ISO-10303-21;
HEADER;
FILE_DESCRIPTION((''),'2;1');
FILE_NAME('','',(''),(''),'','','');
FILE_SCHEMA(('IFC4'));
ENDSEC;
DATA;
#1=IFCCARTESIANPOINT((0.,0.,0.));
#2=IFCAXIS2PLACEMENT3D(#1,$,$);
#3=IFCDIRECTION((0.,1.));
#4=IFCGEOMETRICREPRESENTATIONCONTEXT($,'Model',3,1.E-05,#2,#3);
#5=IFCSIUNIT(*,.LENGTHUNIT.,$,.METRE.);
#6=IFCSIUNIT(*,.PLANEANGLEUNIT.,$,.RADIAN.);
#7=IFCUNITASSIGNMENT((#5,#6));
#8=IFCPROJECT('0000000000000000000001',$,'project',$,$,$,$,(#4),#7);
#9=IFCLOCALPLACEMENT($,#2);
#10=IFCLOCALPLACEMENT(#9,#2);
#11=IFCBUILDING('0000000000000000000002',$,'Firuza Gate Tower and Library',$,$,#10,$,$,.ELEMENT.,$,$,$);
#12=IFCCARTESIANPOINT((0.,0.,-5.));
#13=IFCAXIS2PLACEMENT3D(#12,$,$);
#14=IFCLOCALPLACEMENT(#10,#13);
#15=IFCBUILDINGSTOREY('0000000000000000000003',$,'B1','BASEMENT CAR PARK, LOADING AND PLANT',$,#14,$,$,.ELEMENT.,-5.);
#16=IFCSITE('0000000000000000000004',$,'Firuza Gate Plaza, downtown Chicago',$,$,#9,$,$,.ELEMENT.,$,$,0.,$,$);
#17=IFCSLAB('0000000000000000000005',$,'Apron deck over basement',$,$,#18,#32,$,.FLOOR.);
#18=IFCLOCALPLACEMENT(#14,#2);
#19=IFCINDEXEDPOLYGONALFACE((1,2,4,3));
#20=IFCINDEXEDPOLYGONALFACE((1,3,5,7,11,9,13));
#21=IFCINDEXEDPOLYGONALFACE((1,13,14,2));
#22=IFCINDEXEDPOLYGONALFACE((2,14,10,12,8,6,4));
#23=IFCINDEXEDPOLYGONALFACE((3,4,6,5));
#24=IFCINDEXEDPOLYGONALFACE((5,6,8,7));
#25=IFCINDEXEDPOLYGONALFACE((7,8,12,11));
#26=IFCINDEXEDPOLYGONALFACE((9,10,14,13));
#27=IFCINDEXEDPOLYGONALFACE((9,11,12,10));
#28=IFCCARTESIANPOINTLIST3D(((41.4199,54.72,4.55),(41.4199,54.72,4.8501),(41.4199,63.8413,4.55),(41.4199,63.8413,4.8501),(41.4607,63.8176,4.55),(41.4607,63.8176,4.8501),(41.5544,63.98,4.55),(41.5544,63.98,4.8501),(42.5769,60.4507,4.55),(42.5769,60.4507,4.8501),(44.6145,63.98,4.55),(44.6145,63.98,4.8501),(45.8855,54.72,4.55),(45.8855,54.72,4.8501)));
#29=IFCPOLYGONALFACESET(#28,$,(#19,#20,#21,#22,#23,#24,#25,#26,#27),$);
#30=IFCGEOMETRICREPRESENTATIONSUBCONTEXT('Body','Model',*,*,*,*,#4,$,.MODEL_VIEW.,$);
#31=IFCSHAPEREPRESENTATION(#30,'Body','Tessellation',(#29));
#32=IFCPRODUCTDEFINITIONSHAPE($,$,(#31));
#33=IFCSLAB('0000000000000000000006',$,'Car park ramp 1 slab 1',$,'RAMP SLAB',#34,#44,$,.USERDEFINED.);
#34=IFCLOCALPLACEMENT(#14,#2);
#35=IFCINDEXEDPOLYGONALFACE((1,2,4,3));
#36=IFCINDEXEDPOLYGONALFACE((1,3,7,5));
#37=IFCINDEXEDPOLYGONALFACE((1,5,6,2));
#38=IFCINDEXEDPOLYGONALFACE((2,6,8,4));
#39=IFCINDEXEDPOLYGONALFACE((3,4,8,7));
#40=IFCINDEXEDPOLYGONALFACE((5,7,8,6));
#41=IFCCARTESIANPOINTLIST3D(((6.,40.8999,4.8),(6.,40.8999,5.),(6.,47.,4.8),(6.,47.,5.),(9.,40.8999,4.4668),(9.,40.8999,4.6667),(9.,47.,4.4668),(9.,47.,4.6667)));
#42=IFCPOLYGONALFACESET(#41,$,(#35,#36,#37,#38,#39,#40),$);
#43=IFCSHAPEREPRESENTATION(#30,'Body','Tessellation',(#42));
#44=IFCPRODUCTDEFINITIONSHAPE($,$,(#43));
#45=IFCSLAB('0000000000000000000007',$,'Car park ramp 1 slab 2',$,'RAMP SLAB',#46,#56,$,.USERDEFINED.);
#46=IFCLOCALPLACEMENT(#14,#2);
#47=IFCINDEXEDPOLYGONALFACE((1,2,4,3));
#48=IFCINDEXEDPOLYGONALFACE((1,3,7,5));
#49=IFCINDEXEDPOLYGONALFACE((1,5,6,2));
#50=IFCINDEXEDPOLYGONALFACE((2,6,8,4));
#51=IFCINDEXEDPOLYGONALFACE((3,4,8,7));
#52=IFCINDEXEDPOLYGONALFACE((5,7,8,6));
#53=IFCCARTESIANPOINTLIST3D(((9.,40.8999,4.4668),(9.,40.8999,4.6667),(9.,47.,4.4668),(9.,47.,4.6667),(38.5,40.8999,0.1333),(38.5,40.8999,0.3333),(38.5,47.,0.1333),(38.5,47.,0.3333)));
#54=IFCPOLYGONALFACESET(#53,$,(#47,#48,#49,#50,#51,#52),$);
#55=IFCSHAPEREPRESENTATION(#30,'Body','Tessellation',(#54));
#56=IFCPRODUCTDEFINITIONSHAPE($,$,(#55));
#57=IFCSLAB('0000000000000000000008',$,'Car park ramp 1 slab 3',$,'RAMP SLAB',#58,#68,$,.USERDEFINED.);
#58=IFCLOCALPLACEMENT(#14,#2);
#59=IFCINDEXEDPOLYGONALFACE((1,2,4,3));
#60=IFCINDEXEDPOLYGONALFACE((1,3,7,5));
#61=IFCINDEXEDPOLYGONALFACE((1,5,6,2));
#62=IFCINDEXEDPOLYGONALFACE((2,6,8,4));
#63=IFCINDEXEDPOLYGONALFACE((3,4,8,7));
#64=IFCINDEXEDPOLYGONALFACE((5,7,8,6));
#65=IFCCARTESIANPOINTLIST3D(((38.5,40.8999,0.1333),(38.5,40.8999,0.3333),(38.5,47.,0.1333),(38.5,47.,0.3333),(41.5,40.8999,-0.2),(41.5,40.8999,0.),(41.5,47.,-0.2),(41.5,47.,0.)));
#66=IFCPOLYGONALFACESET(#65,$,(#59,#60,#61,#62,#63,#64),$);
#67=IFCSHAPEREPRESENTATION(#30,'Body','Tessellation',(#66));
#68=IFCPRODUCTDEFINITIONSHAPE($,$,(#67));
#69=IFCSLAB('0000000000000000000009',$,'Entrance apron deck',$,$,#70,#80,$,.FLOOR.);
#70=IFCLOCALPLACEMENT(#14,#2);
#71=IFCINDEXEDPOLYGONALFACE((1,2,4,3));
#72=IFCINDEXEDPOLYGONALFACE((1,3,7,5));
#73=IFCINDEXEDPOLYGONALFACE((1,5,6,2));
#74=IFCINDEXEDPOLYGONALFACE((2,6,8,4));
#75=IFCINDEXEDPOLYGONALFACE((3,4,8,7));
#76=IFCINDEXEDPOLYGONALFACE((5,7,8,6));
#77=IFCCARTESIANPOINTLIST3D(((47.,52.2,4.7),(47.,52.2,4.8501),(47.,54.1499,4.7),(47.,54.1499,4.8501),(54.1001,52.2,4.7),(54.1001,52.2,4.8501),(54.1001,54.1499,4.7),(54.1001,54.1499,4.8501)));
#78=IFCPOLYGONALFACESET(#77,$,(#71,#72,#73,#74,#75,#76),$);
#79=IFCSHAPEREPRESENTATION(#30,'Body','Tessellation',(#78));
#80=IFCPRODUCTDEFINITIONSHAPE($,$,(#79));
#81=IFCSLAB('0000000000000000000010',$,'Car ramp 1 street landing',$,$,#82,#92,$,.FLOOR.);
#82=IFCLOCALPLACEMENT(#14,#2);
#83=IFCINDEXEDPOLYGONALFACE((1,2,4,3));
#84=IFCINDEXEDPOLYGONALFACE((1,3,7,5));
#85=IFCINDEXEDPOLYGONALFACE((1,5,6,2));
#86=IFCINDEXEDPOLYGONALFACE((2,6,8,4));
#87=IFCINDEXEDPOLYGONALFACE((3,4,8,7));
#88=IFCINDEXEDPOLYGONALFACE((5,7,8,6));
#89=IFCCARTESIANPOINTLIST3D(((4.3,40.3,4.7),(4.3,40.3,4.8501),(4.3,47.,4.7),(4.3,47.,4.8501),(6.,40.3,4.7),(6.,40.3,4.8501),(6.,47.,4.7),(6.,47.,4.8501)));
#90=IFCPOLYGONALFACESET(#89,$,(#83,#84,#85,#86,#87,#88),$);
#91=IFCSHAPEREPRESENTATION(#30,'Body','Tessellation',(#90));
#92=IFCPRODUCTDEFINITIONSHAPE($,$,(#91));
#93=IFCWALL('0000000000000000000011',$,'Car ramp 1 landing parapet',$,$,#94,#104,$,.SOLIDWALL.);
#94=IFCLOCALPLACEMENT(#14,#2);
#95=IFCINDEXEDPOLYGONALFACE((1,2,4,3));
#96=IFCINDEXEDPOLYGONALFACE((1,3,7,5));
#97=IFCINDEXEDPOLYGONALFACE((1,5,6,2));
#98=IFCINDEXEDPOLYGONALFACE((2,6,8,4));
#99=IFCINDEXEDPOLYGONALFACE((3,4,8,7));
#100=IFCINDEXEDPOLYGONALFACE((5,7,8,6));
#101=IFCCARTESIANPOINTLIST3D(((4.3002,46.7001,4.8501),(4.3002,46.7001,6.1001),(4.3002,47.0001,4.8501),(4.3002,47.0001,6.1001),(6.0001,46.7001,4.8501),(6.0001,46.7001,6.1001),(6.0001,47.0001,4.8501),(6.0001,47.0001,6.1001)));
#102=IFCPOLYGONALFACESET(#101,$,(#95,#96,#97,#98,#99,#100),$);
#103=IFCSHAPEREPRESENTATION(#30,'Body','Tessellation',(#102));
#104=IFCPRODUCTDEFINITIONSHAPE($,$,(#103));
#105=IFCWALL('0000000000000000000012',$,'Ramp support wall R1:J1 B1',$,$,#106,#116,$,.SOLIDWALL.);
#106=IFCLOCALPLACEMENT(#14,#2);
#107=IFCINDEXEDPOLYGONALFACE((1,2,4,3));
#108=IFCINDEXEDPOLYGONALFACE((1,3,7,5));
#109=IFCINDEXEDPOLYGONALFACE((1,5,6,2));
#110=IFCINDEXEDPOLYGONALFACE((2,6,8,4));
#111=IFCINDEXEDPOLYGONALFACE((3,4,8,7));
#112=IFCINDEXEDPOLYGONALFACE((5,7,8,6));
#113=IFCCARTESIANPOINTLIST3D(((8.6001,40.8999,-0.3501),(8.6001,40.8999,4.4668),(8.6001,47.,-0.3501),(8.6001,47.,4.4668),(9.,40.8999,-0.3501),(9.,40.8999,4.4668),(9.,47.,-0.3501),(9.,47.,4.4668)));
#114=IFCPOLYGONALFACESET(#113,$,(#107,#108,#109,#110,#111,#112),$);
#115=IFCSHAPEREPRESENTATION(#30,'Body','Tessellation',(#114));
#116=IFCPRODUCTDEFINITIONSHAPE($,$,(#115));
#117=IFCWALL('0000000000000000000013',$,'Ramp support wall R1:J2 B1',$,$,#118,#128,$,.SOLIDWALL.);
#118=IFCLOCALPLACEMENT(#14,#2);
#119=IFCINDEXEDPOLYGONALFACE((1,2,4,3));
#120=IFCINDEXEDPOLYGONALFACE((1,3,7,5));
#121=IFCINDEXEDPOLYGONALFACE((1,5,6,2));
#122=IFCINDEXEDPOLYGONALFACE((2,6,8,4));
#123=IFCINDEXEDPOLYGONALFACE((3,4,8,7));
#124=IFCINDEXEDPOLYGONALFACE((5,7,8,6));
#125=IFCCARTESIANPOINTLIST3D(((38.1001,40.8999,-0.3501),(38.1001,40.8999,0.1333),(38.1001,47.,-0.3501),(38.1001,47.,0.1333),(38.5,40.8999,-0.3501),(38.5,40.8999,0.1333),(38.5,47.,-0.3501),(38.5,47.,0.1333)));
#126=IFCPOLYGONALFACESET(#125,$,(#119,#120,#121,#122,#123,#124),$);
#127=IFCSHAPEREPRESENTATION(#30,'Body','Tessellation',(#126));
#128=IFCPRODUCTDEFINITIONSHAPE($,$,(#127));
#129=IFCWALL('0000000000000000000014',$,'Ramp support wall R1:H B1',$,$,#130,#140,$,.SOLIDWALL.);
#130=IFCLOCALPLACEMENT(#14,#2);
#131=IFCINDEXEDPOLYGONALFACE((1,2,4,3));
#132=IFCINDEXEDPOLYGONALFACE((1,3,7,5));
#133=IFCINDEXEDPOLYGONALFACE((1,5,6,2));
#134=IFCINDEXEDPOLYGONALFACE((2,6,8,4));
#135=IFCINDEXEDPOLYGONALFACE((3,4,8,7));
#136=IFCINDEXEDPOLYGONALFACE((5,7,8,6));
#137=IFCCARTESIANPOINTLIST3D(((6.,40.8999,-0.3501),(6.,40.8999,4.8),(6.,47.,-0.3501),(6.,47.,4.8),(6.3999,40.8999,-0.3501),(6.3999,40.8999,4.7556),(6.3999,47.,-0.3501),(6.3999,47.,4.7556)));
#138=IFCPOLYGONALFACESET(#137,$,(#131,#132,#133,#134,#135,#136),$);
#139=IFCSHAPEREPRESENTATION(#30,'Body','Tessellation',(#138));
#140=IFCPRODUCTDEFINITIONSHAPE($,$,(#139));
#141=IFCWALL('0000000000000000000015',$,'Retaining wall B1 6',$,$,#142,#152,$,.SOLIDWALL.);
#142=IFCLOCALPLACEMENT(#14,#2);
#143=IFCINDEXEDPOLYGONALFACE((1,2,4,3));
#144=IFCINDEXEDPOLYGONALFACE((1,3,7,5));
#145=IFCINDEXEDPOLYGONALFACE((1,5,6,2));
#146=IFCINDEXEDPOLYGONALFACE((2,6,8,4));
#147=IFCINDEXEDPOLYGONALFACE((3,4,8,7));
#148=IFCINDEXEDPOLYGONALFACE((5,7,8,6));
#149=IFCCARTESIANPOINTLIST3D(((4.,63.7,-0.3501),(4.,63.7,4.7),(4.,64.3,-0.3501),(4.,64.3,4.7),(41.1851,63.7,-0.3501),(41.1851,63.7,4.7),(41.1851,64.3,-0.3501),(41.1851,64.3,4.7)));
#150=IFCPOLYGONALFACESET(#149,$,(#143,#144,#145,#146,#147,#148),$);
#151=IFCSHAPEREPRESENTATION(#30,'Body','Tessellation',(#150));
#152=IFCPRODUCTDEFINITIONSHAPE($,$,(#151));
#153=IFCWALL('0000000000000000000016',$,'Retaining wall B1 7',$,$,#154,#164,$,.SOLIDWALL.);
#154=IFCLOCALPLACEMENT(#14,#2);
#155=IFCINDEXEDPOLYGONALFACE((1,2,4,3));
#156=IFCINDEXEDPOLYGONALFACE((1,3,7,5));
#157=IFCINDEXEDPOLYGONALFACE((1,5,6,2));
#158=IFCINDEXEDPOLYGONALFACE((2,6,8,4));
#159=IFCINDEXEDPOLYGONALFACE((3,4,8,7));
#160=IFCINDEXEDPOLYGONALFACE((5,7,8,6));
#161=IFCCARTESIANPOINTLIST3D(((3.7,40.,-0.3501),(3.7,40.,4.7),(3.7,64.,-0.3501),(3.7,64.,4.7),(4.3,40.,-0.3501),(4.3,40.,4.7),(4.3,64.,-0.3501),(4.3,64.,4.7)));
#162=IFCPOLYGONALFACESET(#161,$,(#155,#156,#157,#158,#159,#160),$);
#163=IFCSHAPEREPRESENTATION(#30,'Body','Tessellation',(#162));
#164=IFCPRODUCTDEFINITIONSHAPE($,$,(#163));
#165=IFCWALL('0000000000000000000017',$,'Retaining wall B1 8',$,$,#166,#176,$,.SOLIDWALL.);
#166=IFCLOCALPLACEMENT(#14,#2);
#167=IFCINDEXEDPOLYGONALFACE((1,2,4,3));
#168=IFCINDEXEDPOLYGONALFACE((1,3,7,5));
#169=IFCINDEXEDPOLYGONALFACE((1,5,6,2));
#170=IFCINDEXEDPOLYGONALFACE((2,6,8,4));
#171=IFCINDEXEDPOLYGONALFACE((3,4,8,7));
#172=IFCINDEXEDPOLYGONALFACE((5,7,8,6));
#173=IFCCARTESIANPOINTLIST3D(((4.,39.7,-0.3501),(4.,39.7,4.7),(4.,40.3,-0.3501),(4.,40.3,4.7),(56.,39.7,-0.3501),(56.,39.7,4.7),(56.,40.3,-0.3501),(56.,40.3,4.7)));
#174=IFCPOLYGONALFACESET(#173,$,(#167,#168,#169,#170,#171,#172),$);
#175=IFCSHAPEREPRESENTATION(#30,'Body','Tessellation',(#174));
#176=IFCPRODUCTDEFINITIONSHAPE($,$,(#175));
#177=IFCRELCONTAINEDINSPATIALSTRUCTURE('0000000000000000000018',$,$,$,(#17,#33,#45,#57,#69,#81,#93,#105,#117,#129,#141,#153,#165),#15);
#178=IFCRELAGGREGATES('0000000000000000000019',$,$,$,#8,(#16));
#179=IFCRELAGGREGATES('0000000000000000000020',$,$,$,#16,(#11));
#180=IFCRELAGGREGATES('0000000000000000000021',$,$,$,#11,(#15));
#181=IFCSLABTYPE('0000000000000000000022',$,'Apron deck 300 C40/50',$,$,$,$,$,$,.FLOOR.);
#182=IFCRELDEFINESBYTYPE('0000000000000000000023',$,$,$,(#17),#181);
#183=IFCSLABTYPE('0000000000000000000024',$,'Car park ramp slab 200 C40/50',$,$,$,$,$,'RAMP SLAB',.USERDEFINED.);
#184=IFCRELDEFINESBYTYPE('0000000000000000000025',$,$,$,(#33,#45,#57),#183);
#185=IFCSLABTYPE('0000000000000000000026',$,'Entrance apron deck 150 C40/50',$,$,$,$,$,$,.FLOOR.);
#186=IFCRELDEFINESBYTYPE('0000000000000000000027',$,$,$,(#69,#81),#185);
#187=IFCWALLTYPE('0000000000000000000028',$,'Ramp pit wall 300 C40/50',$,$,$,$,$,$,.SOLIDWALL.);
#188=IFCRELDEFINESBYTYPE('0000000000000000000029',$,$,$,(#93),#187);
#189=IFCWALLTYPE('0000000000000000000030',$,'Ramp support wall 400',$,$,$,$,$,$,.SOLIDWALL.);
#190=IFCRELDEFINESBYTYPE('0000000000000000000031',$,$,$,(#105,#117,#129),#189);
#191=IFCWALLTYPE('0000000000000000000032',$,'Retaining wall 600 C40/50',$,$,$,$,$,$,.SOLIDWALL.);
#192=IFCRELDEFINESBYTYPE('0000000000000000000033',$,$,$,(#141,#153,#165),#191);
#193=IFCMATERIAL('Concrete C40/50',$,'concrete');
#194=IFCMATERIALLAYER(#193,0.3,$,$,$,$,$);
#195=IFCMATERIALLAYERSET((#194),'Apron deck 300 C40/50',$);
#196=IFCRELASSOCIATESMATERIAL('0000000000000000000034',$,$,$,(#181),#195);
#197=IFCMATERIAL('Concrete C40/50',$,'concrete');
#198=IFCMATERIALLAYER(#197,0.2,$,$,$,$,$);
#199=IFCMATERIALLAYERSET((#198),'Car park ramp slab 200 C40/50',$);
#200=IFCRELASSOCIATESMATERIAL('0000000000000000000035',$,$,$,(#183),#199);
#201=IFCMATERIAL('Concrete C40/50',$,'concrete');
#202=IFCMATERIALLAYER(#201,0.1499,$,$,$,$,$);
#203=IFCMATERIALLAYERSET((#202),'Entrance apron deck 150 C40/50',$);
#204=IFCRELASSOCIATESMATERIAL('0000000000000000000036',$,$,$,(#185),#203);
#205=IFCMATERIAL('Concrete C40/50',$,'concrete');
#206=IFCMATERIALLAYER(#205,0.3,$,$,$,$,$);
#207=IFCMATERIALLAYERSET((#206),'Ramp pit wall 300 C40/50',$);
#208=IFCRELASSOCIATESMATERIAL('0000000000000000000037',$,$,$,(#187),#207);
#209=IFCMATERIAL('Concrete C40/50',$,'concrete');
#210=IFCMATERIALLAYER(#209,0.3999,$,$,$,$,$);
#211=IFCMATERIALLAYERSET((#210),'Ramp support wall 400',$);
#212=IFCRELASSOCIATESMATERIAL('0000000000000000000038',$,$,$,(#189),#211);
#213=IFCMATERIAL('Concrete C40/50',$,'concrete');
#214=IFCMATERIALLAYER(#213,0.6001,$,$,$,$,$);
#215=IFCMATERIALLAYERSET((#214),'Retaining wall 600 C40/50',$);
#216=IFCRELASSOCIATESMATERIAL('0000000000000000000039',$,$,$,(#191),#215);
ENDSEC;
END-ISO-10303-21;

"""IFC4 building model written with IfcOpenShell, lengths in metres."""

from ifc_helpers import new_model, si_unit, direction, frame, frame_2d, origin, place, context, subcontext, project, spatial, polyline, rectangle, outline, extrude, material, layer, layer_set, type_object, element, save


model = new_model("IFC4")

# Units and contexts
model_context = context("Model", 3, precision=1e-05, world=origin(), true_north=direction((0.0, 1.0)))
body_context = subcontext(model_context, "Body", "Model", "MODEL_VIEW")
ifc_project = project(units=[si_unit("LENGTHUNIT", "METRE"), si_unit("PLANEANGLEUNIT", "RADIAN")], contexts=[model_context])

# Site, building, storey
site_placement = place(None, origin())
site = spatial("IfcSite", under=ifc_project, at=site_placement, Name="Firuza Gate Plaza, downtown Chicago", CompositionType="ELEMENT", RefElevation=0.0)
building_placement = place(site_placement, origin())
building = spatial("IfcBuilding", under=site, at=building_placement, Name="Firuza Gate Tower and Library", CompositionType="ELEMENT")
storey_placement = place(building_placement, frame((0.0, 0.0, -5.0)))
storey = spatial("IfcBuildingStorey", under=building, at=storey_placement, Name="B1", Description="BASEMENT CAR PARK, LOADING AND PLANT", CompositionType="ELEMENT", Elevation=-5.0)

# Slabs
ifc_material_1 = material(Name="Concrete C40/50", Category="concrete")
ifc_layer_1 = layer(ifc_material_1, 0.3)
ifc_layer_set_1 = layer_set([ifc_layer_1], Name="Apron deck 300 C40/50")
slab_type_1 = type_object("IfcSlabType", Name="Apron deck 300 C40/50", PredefinedType="FLOOR", material=ifc_layer_set_1)
slab_1_placement = place(storey_placement, frame((0.0, 0.0, 4.55)))
element("IfcSlab", 1, at=slab_1_placement, inside=storey, type_object=slab_type_1, Name="Apron deck over basement", PredefinedType="FLOOR", context=body_context, shape_type="SweptSolid", body=[
    extrude(outline(polyline([(41.4199, 63.8413), (41.4607, 63.8176), (41.5544, 63.98), (44.6145, 63.98), (42.5769, 60.4507), (45.8855, 54.72), (41.4199, 54.72), (41.4199, 63.8413)])), origin(), (0.0, 0.0, 1.0), 0.3),
])
ifc_material_2 = material(Name="Concrete C40/50", Category="concrete")
ifc_layer_2 = layer(ifc_material_2, 0.2)
ifc_layer_set_2 = layer_set([ifc_layer_2], Name="Car park ramp slab 200 C40/50")
slab_type_2 = type_object("IfcSlabType", Name="Car park ramp slab 200 C40/50", ElementType="RAMP SLAB", PredefinedType="USERDEFINED", material=ifc_layer_set_2)
slab_2_placement = place(storey_placement, frame((6.0, 43.95, 4.4668), z_axis=(0.0, 0.0, 1.0), x_axis=(1.0, 0.0, 0.0)))
element("IfcSlab", 2, at=slab_2_placement, inside=storey, type_object=slab_type_2, Name="Car park ramp 1 slab 1", ObjectType="RAMP SLAB", PredefinedType="USERDEFINED", context=body_context, shape_type="SweptSolid", body=[
    extrude(outline(polyline([(0.0, 0.5332), (3.0, 0.2), (3.0, 0.0), (0.0, 0.3333), (0.0, 0.5332)])), frame((0.0, 3.05, 0.0), z_axis=(0.0, -1.0, 0.0), x_axis=(1.0, 0.0, 0.0)), (0.0, 0.0, 1.0), 6.1001),
])
slab_3_placement = place(storey_placement, frame((9.0, 43.95, 0.1333), z_axis=(0.0, 0.0, 1.0), x_axis=(1.0, 0.0, 0.0)))
element("IfcSlab", 3, at=slab_3_placement, inside=storey, type_object=slab_type_2, Name="Car park ramp 1 slab 2", ObjectType="RAMP SLAB", PredefinedType="USERDEFINED", context=body_context, shape_type="SweptSolid", body=[
    extrude(outline(polyline([(0.0, 4.5334), (29.5, 0.2), (29.5, 0.0), (0.0, 4.3335), (0.0, 4.5334)])), frame((0.0, 3.05, 0.0), z_axis=(0.0, -1.0, 0.0), x_axis=(1.0, 0.0, 0.0)), (0.0, 0.0, 1.0), 6.1001),
])
slab_4_placement = place(storey_placement, frame((38.5, 43.95, -0.2), z_axis=(0.0, 0.0, 1.0), x_axis=(1.0, 0.0, 0.0)))
element("IfcSlab", 4, at=slab_4_placement, inside=storey, type_object=slab_type_2, Name="Car park ramp 1 slab 3", ObjectType="RAMP SLAB", PredefinedType="USERDEFINED", context=body_context, shape_type="SweptSolid", body=[
    extrude(outline(polyline([(0.0, 0.5332), (3.0, 0.2), (3.0, 0.0), (0.0, 0.3333), (0.0, 0.5332)])), frame((0.0, 3.05, 0.0), z_axis=(0.0, -1.0, 0.0), x_axis=(1.0, 0.0, 0.0)), (0.0, 0.0, 1.0), 6.1001),
])
ifc_material_3 = material(Name="Concrete C40/50", Category="concrete")
ifc_layer_3 = layer(ifc_material_3, 0.1499)
ifc_layer_set_3 = layer_set([ifc_layer_3], Name="Entrance apron deck 150 C40/50")
slab_type_3 = type_object("IfcSlabType", Name="Entrance apron deck 150 C40/50", PredefinedType="FLOOR", material=ifc_layer_set_3)
placement_1 = place(storey_placement, frame((0.0, 0.0, 4.7)))
element("IfcSlab", 5, at=placement_1, inside=storey, type_object=slab_type_3, Name="Entrance apron deck", PredefinedType="FLOOR", context=body_context, shape_type="SweptSolid", body=[
    extrude(outline(polyline([(47.0, 52.2), (54.1001, 52.2), (54.1001, 54.1499), (47.0, 54.1499), (47.0, 52.2)])), origin(), (0.0, 0.0, 1.0), 0.1501),
])
element("IfcSlab", 6, at=placement_1, inside=storey, type_object=slab_type_3, Name="Car ramp 1 street landing", PredefinedType="FLOOR", context=body_context, shape_type="SweptSolid", body=[
    extrude(outline(polyline([(4.3, 40.3), (6.0, 40.3), (6.0, 47.0), (4.3, 47.0), (4.3, 40.3)])), origin(), (0.0, 0.0, 1.0), 0.1501),
])

# Walls
ifc_material_4 = material(Name="Concrete C40/50", Category="concrete")
ifc_layer_4 = layer(ifc_material_4, 0.3)
ifc_layer_set_4 = layer_set([ifc_layer_4], Name="Ramp pit wall 300 C40/50")
wall_type_1 = type_object("IfcWallType", Name="Ramp pit wall 300 C40/50", PredefinedType="SOLIDWALL", material=ifc_layer_set_4)
wall_1_placement = place(storey_placement, frame((4.3, 46.8501, 4.8501), z_axis=(0.0, 0.0, 1.0), x_axis=(1.0, 0.0, 0.0)))
element("IfcWall", 7, at=wall_1_placement, inside=storey, type_object=wall_type_1, Name="Car ramp 1 landing parapet", PredefinedType="SOLIDWALL", context=body_context, shape_type="SweptSolid", body=[
    extrude(rectangle(XDim=1.7, YDim=0.3, at=frame_2d((0.8501, 0.0))), origin(), (0.0, 0.0, 1.0), 1.25),
])
ifc_material_5 = material(Name="Concrete C40/50", Category="concrete")
ifc_layer_5 = layer(ifc_material_5, 0.3999)
ifc_layer_set_5 = layer_set([ifc_layer_5], Name="Ramp support wall 400")
wall_type_2 = type_object("IfcWallType", Name="Ramp support wall 400", PredefinedType="SOLIDWALL", material=ifc_layer_set_5)
wall_2_placement = place(storey_placement, frame((8.8, 40.8999, -0.3501), z_axis=(0.0, 0.0, 1.0), x_axis=(0.0, 1.0, 0.0)))
element("IfcWall", 8, at=wall_2_placement, inside=storey, type_object=wall_type_2, Name="Ramp support wall R1:J1 B1", PredefinedType="SOLIDWALL", context=body_context, shape_type="SweptSolid", body=[
    extrude(rectangle(XDim=6.1001, YDim=0.3999, at=frame_2d((3.05, 0.0))), origin(), (0.0, 0.0, 1.0), 4.8169),
])
wall_3_placement = place(storey_placement, frame((38.3, 40.8999, -0.3501), z_axis=(0.0, 0.0, 1.0), x_axis=(0.0, 1.0, 0.0)))
element("IfcWall", 9, at=wall_3_placement, inside=storey, type_object=wall_type_2, Name="Ramp support wall R1:J2 B1", PredefinedType="SOLIDWALL", context=body_context, shape_type="SweptSolid", body=[
    extrude(rectangle(XDim=6.1001, YDim=0.3999, at=frame_2d((3.05, 0.0))), origin(), (0.0, 0.0, 1.0), 0.4834),
])
wall_4_placement = place(storey_placement, frame((6.0, 43.95, -0.3501), z_axis=(0.0, 0.0, 1.0), x_axis=(1.0, 0.0, 0.0)))
element("IfcWall", 10, at=wall_4_placement, inside=storey, type_object=wall_type_2, Name="Ramp support wall R1:H B1", PredefinedType="SOLIDWALL", context=body_context, shape_type="SweptSolid", body=[
    extrude(outline(polyline([(0.0, 0.0), (0.3999, 0.0), (0.3999, 5.1057), (0.0, 5.1501), (0.0, 0.0)])), frame((0.0, 3.05, 0.0), z_axis=(0.0, -1.0, 0.0), x_axis=(1.0, 0.0, 0.0)), (0.0, 0.0, 1.0), 6.1001),
])
ifc_material_6 = material(Name="Concrete C40/50", Category="concrete")
ifc_layer_6 = layer(ifc_material_6, 0.6001)
ifc_layer_set_6 = layer_set([ifc_layer_6], Name="Retaining wall 600 C40/50")
wall_type_3 = type_object("IfcWallType", Name="Retaining wall 600 C40/50", PredefinedType="SOLIDWALL", material=ifc_layer_set_6)
wall_5_placement = place(storey_placement, frame((41.1851, 64.0, -0.3501), z_axis=(0.0, 0.0, 1.0), x_axis=(-1.0, 0.0, 0.0)))
element("IfcWall", 11, at=wall_5_placement, inside=storey, type_object=wall_type_3, Name="Retaining wall B1 6", PredefinedType="SOLIDWALL", context=body_context, shape_type="SweptSolid", body=[
    extrude(rectangle(XDim=37.1851, YDim=0.6001, at=frame_2d((18.5925, 0.0))), origin(), (0.0, 0.0, 1.0), 5.05),
])
wall_6_placement = place(storey_placement, frame((4.0, 64.0, -0.3501), z_axis=(0.0, 0.0, 1.0), x_axis=(0.0, -1.0, 0.0)))
element("IfcWall", 12, at=wall_6_placement, inside=storey, type_object=wall_type_3, Name="Retaining wall B1 7", PredefinedType="SOLIDWALL", context=body_context, shape_type="SweptSolid", body=[
    extrude(rectangle(XDim=24.0, YDim=0.6001, at=frame_2d((12.0, 0.0))), origin(), (0.0, 0.0, 1.0), 5.05),
])
wall_7_placement = place(storey_placement, frame((4.0, 40.0, -0.3501), z_axis=(0.0, 0.0, 1.0), x_axis=(1.0, 0.0, 0.0)))
element("IfcWall", 13, at=wall_7_placement, inside=storey, type_object=wall_type_3, Name="Retaining wall B1 8", PredefinedType="SOLIDWALL", context=body_context, shape_type="SweptSolid", body=[
    extrude(rectangle(XDim=52.0, YDim=0.6001, at=frame_2d((26.0, 0.0))), origin(), (0.0, 0.0, 1.0), 5.05),
])

save(model, "model.ifc")
